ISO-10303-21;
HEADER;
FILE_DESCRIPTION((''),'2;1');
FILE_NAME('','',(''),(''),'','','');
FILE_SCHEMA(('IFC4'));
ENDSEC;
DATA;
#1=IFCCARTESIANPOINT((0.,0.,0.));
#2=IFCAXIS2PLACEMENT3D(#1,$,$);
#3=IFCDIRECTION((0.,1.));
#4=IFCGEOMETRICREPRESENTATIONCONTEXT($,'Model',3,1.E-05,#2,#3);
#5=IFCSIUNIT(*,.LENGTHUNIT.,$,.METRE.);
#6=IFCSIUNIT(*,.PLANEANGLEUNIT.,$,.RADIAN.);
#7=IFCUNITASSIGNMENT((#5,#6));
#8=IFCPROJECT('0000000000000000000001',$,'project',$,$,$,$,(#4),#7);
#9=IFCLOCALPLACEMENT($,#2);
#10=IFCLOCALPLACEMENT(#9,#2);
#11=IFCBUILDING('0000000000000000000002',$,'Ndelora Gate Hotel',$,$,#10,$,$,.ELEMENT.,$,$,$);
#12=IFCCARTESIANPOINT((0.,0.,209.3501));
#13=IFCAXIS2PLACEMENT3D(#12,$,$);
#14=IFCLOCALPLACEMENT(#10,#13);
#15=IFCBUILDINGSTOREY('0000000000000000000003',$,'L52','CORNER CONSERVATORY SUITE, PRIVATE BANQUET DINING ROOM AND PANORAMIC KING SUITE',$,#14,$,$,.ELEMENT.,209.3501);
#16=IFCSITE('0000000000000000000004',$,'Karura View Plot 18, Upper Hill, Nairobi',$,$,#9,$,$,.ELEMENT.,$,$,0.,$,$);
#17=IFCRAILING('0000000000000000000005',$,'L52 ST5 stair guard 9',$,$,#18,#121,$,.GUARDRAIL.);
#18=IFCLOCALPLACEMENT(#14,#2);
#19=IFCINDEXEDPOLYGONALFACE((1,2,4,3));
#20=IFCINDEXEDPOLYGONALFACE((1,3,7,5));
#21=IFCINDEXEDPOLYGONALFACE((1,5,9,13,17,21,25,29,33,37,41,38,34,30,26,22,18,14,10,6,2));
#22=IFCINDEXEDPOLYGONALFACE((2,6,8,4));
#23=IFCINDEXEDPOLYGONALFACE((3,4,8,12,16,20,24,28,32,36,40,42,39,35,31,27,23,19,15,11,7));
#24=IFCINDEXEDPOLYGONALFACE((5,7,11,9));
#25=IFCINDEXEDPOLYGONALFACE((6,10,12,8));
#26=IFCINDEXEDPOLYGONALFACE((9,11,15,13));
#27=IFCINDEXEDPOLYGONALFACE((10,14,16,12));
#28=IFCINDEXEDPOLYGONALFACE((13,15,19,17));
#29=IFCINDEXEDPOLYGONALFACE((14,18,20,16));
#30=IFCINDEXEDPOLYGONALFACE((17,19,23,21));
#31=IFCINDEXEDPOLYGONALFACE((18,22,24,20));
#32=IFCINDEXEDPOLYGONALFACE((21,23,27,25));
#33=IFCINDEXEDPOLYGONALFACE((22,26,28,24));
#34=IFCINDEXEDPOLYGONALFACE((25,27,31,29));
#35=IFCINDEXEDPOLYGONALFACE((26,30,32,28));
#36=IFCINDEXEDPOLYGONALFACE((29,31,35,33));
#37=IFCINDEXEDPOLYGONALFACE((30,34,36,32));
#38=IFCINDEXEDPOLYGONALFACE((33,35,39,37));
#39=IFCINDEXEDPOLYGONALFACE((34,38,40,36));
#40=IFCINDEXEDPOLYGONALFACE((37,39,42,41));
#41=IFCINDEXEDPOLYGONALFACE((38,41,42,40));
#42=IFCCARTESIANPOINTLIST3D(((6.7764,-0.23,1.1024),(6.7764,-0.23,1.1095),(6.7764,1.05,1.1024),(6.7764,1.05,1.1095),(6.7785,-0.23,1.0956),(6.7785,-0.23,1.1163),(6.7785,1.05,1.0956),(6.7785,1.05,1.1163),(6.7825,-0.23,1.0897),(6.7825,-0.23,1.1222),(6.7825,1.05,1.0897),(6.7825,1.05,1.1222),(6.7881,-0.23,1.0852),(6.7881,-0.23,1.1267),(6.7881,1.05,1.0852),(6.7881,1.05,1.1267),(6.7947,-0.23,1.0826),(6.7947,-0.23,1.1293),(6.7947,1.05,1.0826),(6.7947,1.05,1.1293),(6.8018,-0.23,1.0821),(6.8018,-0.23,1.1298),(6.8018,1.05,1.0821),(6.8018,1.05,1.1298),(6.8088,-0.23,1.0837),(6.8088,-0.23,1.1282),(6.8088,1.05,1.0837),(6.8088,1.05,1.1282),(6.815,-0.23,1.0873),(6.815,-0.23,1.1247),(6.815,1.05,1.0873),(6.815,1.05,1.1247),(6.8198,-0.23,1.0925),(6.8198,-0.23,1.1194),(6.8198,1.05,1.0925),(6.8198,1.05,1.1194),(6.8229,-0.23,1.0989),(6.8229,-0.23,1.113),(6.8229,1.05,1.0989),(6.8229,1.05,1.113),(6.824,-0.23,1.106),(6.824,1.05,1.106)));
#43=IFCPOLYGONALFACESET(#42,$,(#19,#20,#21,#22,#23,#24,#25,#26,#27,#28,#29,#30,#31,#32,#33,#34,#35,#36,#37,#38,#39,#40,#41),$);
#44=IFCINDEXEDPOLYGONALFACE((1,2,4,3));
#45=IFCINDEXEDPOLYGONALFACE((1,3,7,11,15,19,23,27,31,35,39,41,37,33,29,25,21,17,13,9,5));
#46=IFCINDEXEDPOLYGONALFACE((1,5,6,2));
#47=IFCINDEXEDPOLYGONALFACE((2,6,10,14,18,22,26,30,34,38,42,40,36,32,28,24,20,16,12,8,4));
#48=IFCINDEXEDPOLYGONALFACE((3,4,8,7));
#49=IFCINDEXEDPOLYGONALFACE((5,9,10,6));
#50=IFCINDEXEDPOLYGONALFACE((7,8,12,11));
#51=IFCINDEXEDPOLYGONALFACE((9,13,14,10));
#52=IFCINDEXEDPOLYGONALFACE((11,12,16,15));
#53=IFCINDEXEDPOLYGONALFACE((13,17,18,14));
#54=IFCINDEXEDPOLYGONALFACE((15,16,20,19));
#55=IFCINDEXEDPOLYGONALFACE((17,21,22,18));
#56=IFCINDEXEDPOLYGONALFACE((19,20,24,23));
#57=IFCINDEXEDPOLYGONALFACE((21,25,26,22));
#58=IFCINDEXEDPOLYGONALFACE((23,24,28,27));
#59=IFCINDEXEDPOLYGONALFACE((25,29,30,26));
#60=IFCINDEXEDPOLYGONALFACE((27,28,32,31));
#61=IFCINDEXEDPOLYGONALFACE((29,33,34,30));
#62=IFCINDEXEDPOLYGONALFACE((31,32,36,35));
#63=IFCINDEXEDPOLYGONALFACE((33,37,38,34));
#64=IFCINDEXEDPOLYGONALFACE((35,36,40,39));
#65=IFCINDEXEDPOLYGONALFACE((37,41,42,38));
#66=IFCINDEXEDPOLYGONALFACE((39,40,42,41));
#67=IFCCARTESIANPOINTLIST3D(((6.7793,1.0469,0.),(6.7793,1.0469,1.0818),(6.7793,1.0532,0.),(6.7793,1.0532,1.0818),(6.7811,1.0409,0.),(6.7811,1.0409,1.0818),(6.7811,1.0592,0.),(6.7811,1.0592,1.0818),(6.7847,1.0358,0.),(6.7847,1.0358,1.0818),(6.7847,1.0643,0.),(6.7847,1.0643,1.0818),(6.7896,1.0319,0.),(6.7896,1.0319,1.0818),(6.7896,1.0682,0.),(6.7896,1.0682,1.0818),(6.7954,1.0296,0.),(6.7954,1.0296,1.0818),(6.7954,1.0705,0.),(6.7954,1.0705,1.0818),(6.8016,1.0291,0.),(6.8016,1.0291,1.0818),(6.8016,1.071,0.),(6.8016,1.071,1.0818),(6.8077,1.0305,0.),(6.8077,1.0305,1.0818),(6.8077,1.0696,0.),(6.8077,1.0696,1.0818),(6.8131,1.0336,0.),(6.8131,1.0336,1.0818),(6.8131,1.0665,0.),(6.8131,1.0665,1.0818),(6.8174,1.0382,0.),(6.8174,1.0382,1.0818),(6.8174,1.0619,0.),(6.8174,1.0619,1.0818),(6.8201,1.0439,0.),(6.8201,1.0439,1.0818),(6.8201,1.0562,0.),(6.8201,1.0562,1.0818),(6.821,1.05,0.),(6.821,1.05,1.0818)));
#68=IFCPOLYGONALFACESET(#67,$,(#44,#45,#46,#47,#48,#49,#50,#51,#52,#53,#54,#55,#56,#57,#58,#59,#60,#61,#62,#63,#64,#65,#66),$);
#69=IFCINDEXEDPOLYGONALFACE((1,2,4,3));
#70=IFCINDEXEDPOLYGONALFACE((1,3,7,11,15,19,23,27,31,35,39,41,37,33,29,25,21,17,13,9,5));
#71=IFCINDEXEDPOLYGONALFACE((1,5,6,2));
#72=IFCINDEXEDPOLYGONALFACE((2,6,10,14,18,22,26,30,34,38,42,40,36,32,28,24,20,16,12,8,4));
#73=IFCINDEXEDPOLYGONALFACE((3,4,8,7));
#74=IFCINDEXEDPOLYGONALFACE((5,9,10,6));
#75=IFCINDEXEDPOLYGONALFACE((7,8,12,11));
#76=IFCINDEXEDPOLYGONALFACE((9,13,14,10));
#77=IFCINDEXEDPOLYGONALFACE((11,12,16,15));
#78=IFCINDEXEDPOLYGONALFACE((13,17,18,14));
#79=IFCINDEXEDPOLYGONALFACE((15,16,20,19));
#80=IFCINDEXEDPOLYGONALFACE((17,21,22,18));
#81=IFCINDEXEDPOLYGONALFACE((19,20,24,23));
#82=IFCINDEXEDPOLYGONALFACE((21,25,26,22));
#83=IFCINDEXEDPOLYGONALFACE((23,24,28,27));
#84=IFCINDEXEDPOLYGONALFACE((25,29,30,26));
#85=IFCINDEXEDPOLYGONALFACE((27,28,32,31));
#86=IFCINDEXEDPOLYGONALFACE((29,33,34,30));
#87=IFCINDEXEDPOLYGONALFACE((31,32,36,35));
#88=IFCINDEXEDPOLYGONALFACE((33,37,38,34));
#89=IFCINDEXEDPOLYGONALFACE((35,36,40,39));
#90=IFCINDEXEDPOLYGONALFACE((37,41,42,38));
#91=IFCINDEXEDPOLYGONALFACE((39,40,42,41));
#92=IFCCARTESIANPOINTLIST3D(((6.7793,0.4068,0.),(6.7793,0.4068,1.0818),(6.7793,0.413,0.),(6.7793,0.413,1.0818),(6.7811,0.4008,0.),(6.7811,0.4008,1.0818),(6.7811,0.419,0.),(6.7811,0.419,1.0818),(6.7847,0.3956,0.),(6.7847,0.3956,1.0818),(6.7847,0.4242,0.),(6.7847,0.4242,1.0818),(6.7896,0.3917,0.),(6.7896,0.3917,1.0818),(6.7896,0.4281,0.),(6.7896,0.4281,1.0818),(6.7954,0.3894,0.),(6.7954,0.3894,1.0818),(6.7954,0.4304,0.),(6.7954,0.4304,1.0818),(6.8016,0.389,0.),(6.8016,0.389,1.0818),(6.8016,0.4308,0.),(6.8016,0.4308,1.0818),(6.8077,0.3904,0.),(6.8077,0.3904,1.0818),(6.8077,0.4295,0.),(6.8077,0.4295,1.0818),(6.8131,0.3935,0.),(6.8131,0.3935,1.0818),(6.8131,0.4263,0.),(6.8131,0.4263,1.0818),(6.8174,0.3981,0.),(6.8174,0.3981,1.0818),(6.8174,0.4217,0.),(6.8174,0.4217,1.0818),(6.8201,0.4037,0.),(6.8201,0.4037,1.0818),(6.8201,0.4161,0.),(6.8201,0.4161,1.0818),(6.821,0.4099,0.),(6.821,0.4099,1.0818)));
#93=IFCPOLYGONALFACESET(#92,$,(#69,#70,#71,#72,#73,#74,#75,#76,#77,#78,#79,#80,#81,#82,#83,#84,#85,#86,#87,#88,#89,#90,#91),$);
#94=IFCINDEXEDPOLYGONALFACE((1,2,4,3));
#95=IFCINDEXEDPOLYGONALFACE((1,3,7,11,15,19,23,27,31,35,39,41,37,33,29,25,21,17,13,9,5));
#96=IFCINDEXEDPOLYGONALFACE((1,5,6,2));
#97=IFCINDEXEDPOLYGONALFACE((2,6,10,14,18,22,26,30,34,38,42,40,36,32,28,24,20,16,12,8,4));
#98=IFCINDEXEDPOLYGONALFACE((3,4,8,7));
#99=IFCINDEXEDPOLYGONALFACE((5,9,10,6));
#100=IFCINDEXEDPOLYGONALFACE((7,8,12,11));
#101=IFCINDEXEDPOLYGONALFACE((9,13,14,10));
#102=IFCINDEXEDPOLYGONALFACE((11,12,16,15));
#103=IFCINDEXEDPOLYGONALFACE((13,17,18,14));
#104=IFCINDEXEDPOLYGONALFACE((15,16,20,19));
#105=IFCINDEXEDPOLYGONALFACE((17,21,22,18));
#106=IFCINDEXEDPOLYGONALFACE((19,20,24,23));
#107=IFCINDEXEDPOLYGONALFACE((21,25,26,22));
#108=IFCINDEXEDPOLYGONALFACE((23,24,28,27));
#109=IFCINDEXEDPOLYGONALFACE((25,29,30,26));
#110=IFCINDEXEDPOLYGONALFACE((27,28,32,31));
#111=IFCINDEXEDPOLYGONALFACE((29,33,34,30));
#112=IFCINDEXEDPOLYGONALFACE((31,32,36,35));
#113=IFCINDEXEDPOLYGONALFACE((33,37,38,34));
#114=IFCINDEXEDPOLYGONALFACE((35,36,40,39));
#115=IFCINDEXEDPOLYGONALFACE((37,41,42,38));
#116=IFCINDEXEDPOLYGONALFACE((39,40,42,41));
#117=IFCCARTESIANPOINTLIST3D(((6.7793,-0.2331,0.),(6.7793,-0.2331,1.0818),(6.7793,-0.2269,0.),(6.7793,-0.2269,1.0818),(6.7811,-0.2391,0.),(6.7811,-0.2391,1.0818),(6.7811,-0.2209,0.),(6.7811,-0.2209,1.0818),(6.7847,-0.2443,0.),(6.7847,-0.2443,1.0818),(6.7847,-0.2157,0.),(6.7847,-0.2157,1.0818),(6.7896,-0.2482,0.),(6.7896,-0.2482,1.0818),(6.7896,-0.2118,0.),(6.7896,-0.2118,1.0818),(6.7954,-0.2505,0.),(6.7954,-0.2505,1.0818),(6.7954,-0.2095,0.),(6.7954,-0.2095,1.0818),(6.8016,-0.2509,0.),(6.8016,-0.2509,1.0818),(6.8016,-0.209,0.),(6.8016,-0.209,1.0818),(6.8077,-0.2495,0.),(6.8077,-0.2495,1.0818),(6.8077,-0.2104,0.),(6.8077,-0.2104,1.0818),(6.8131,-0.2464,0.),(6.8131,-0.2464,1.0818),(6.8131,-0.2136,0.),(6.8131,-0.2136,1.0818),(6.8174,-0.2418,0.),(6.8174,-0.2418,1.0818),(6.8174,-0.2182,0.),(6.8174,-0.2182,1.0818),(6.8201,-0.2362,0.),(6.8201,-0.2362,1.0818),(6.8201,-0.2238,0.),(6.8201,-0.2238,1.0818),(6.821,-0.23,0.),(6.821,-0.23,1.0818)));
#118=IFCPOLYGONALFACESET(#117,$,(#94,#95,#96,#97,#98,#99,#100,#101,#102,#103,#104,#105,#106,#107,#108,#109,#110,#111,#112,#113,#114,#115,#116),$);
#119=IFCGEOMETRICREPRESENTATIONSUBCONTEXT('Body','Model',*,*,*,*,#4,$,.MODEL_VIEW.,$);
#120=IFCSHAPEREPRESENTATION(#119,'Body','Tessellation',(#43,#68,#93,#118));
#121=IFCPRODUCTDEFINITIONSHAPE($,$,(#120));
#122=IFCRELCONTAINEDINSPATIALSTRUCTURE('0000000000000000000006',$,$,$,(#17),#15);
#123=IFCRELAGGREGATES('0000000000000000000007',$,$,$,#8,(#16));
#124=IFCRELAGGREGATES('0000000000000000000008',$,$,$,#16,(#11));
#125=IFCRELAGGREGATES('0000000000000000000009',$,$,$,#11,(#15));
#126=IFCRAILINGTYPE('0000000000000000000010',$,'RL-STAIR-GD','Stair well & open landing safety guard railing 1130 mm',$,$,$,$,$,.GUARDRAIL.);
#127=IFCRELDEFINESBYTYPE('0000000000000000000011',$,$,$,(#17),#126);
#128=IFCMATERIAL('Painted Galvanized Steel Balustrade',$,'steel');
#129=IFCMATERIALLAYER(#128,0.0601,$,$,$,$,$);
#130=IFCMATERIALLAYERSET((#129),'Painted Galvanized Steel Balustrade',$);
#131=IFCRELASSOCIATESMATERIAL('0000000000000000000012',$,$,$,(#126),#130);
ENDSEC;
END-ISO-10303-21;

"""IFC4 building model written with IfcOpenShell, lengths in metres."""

from ifc_helpers import new_model, si_unit, direction, frame, origin, origin_2d, place, context, subcontext, project, spatial, circle, extrude, material, layer, layer_set, type_object, element, save


model = new_model("IFC4")

# Units and contexts
model_context = context("Model", 3, precision=1e-05, world=origin(), true_north=direction((0.0, 1.0)))
body_context = subcontext(model_context, "Body", "Model", "MODEL_VIEW")
ifc_project = project(units=[si_unit("LENGTHUNIT", "METRE"), si_unit("PLANEANGLEUNIT", "RADIAN")], contexts=[model_context])

# Site, building, storey
site_placement = place(None, origin())
site = spatial("IfcSite", under=ifc_project, at=site_placement, Name="Karura View Plot 18, Upper Hill, Nairobi", CompositionType="ELEMENT", RefElevation=0.0)
building_placement = place(site_placement, origin())
building = spatial("IfcBuilding", under=site, at=building_placement, Name="Ndelora Gate Hotel", CompositionType="ELEMENT")
storey_placement = place(building_placement, frame((0.0, 0.0, 209.3501)))
storey = spatial("IfcBuildingStorey", under=building, at=storey_placement, Name="L52", Description="CORNER CONSERVATORY SUITE, PRIVATE BANQUET DINING ROOM AND PANORAMIC KING SUITE", CompositionType="ELEMENT", Elevation=209.3501)

# Railing
ifc_material_1 = material(Name="Painted Galvanized Steel Balustrade", Category="steel")
ifc_layer_1 = layer(ifc_material_1, 0.0601)
ifc_layer_set_1 = layer_set([ifc_layer_1], Name="Painted Galvanized Steel Balustrade")
railing_type_1 = type_object("IfcRailingType", Name="RL-STAIR-GD", Description="Stair well & open landing safety guard railing 1130 mm", PredefinedType="GUARDRAIL", material=ifc_layer_set_1)
for number, where, name in (
    (1, (6.8, 1.05, 0.0), "L52 ST5 stair guard 9"),
):
    element("IfcRailing", number, at=place(storey_placement, frame(where)), inside=storey, type_object=railing_type_1, Name=name, PredefinedType="GUARDRAIL", context=body_context, shape_type="SweptSolid", body=[
        extrude(circle(Radius=0.0239, at=origin_2d()), frame((0.0, 0.0, 1.106), z_axis=(0.0, -1.0, 0.0), x_axis=(1.0, 0.0, 0.0)), (0.0, 0.0, 1.0), 1.28),
        extrude(circle(Radius=0.021, at=origin_2d()), origin(), (0.0, 0.0, 1.0), 1.0818),
        extrude(circle(Radius=0.021, at=origin_2d()), frame((0.0, -0.6401, 0.0)), (0.0, 0.0, 1.0), 1.0818),
        extrude(circle(Radius=0.021, at=origin_2d()), frame((0.0, -1.28, 0.0)), (0.0, 0.0, 1.0), 1.0818),
    ])

save(model, "model.ifc")
